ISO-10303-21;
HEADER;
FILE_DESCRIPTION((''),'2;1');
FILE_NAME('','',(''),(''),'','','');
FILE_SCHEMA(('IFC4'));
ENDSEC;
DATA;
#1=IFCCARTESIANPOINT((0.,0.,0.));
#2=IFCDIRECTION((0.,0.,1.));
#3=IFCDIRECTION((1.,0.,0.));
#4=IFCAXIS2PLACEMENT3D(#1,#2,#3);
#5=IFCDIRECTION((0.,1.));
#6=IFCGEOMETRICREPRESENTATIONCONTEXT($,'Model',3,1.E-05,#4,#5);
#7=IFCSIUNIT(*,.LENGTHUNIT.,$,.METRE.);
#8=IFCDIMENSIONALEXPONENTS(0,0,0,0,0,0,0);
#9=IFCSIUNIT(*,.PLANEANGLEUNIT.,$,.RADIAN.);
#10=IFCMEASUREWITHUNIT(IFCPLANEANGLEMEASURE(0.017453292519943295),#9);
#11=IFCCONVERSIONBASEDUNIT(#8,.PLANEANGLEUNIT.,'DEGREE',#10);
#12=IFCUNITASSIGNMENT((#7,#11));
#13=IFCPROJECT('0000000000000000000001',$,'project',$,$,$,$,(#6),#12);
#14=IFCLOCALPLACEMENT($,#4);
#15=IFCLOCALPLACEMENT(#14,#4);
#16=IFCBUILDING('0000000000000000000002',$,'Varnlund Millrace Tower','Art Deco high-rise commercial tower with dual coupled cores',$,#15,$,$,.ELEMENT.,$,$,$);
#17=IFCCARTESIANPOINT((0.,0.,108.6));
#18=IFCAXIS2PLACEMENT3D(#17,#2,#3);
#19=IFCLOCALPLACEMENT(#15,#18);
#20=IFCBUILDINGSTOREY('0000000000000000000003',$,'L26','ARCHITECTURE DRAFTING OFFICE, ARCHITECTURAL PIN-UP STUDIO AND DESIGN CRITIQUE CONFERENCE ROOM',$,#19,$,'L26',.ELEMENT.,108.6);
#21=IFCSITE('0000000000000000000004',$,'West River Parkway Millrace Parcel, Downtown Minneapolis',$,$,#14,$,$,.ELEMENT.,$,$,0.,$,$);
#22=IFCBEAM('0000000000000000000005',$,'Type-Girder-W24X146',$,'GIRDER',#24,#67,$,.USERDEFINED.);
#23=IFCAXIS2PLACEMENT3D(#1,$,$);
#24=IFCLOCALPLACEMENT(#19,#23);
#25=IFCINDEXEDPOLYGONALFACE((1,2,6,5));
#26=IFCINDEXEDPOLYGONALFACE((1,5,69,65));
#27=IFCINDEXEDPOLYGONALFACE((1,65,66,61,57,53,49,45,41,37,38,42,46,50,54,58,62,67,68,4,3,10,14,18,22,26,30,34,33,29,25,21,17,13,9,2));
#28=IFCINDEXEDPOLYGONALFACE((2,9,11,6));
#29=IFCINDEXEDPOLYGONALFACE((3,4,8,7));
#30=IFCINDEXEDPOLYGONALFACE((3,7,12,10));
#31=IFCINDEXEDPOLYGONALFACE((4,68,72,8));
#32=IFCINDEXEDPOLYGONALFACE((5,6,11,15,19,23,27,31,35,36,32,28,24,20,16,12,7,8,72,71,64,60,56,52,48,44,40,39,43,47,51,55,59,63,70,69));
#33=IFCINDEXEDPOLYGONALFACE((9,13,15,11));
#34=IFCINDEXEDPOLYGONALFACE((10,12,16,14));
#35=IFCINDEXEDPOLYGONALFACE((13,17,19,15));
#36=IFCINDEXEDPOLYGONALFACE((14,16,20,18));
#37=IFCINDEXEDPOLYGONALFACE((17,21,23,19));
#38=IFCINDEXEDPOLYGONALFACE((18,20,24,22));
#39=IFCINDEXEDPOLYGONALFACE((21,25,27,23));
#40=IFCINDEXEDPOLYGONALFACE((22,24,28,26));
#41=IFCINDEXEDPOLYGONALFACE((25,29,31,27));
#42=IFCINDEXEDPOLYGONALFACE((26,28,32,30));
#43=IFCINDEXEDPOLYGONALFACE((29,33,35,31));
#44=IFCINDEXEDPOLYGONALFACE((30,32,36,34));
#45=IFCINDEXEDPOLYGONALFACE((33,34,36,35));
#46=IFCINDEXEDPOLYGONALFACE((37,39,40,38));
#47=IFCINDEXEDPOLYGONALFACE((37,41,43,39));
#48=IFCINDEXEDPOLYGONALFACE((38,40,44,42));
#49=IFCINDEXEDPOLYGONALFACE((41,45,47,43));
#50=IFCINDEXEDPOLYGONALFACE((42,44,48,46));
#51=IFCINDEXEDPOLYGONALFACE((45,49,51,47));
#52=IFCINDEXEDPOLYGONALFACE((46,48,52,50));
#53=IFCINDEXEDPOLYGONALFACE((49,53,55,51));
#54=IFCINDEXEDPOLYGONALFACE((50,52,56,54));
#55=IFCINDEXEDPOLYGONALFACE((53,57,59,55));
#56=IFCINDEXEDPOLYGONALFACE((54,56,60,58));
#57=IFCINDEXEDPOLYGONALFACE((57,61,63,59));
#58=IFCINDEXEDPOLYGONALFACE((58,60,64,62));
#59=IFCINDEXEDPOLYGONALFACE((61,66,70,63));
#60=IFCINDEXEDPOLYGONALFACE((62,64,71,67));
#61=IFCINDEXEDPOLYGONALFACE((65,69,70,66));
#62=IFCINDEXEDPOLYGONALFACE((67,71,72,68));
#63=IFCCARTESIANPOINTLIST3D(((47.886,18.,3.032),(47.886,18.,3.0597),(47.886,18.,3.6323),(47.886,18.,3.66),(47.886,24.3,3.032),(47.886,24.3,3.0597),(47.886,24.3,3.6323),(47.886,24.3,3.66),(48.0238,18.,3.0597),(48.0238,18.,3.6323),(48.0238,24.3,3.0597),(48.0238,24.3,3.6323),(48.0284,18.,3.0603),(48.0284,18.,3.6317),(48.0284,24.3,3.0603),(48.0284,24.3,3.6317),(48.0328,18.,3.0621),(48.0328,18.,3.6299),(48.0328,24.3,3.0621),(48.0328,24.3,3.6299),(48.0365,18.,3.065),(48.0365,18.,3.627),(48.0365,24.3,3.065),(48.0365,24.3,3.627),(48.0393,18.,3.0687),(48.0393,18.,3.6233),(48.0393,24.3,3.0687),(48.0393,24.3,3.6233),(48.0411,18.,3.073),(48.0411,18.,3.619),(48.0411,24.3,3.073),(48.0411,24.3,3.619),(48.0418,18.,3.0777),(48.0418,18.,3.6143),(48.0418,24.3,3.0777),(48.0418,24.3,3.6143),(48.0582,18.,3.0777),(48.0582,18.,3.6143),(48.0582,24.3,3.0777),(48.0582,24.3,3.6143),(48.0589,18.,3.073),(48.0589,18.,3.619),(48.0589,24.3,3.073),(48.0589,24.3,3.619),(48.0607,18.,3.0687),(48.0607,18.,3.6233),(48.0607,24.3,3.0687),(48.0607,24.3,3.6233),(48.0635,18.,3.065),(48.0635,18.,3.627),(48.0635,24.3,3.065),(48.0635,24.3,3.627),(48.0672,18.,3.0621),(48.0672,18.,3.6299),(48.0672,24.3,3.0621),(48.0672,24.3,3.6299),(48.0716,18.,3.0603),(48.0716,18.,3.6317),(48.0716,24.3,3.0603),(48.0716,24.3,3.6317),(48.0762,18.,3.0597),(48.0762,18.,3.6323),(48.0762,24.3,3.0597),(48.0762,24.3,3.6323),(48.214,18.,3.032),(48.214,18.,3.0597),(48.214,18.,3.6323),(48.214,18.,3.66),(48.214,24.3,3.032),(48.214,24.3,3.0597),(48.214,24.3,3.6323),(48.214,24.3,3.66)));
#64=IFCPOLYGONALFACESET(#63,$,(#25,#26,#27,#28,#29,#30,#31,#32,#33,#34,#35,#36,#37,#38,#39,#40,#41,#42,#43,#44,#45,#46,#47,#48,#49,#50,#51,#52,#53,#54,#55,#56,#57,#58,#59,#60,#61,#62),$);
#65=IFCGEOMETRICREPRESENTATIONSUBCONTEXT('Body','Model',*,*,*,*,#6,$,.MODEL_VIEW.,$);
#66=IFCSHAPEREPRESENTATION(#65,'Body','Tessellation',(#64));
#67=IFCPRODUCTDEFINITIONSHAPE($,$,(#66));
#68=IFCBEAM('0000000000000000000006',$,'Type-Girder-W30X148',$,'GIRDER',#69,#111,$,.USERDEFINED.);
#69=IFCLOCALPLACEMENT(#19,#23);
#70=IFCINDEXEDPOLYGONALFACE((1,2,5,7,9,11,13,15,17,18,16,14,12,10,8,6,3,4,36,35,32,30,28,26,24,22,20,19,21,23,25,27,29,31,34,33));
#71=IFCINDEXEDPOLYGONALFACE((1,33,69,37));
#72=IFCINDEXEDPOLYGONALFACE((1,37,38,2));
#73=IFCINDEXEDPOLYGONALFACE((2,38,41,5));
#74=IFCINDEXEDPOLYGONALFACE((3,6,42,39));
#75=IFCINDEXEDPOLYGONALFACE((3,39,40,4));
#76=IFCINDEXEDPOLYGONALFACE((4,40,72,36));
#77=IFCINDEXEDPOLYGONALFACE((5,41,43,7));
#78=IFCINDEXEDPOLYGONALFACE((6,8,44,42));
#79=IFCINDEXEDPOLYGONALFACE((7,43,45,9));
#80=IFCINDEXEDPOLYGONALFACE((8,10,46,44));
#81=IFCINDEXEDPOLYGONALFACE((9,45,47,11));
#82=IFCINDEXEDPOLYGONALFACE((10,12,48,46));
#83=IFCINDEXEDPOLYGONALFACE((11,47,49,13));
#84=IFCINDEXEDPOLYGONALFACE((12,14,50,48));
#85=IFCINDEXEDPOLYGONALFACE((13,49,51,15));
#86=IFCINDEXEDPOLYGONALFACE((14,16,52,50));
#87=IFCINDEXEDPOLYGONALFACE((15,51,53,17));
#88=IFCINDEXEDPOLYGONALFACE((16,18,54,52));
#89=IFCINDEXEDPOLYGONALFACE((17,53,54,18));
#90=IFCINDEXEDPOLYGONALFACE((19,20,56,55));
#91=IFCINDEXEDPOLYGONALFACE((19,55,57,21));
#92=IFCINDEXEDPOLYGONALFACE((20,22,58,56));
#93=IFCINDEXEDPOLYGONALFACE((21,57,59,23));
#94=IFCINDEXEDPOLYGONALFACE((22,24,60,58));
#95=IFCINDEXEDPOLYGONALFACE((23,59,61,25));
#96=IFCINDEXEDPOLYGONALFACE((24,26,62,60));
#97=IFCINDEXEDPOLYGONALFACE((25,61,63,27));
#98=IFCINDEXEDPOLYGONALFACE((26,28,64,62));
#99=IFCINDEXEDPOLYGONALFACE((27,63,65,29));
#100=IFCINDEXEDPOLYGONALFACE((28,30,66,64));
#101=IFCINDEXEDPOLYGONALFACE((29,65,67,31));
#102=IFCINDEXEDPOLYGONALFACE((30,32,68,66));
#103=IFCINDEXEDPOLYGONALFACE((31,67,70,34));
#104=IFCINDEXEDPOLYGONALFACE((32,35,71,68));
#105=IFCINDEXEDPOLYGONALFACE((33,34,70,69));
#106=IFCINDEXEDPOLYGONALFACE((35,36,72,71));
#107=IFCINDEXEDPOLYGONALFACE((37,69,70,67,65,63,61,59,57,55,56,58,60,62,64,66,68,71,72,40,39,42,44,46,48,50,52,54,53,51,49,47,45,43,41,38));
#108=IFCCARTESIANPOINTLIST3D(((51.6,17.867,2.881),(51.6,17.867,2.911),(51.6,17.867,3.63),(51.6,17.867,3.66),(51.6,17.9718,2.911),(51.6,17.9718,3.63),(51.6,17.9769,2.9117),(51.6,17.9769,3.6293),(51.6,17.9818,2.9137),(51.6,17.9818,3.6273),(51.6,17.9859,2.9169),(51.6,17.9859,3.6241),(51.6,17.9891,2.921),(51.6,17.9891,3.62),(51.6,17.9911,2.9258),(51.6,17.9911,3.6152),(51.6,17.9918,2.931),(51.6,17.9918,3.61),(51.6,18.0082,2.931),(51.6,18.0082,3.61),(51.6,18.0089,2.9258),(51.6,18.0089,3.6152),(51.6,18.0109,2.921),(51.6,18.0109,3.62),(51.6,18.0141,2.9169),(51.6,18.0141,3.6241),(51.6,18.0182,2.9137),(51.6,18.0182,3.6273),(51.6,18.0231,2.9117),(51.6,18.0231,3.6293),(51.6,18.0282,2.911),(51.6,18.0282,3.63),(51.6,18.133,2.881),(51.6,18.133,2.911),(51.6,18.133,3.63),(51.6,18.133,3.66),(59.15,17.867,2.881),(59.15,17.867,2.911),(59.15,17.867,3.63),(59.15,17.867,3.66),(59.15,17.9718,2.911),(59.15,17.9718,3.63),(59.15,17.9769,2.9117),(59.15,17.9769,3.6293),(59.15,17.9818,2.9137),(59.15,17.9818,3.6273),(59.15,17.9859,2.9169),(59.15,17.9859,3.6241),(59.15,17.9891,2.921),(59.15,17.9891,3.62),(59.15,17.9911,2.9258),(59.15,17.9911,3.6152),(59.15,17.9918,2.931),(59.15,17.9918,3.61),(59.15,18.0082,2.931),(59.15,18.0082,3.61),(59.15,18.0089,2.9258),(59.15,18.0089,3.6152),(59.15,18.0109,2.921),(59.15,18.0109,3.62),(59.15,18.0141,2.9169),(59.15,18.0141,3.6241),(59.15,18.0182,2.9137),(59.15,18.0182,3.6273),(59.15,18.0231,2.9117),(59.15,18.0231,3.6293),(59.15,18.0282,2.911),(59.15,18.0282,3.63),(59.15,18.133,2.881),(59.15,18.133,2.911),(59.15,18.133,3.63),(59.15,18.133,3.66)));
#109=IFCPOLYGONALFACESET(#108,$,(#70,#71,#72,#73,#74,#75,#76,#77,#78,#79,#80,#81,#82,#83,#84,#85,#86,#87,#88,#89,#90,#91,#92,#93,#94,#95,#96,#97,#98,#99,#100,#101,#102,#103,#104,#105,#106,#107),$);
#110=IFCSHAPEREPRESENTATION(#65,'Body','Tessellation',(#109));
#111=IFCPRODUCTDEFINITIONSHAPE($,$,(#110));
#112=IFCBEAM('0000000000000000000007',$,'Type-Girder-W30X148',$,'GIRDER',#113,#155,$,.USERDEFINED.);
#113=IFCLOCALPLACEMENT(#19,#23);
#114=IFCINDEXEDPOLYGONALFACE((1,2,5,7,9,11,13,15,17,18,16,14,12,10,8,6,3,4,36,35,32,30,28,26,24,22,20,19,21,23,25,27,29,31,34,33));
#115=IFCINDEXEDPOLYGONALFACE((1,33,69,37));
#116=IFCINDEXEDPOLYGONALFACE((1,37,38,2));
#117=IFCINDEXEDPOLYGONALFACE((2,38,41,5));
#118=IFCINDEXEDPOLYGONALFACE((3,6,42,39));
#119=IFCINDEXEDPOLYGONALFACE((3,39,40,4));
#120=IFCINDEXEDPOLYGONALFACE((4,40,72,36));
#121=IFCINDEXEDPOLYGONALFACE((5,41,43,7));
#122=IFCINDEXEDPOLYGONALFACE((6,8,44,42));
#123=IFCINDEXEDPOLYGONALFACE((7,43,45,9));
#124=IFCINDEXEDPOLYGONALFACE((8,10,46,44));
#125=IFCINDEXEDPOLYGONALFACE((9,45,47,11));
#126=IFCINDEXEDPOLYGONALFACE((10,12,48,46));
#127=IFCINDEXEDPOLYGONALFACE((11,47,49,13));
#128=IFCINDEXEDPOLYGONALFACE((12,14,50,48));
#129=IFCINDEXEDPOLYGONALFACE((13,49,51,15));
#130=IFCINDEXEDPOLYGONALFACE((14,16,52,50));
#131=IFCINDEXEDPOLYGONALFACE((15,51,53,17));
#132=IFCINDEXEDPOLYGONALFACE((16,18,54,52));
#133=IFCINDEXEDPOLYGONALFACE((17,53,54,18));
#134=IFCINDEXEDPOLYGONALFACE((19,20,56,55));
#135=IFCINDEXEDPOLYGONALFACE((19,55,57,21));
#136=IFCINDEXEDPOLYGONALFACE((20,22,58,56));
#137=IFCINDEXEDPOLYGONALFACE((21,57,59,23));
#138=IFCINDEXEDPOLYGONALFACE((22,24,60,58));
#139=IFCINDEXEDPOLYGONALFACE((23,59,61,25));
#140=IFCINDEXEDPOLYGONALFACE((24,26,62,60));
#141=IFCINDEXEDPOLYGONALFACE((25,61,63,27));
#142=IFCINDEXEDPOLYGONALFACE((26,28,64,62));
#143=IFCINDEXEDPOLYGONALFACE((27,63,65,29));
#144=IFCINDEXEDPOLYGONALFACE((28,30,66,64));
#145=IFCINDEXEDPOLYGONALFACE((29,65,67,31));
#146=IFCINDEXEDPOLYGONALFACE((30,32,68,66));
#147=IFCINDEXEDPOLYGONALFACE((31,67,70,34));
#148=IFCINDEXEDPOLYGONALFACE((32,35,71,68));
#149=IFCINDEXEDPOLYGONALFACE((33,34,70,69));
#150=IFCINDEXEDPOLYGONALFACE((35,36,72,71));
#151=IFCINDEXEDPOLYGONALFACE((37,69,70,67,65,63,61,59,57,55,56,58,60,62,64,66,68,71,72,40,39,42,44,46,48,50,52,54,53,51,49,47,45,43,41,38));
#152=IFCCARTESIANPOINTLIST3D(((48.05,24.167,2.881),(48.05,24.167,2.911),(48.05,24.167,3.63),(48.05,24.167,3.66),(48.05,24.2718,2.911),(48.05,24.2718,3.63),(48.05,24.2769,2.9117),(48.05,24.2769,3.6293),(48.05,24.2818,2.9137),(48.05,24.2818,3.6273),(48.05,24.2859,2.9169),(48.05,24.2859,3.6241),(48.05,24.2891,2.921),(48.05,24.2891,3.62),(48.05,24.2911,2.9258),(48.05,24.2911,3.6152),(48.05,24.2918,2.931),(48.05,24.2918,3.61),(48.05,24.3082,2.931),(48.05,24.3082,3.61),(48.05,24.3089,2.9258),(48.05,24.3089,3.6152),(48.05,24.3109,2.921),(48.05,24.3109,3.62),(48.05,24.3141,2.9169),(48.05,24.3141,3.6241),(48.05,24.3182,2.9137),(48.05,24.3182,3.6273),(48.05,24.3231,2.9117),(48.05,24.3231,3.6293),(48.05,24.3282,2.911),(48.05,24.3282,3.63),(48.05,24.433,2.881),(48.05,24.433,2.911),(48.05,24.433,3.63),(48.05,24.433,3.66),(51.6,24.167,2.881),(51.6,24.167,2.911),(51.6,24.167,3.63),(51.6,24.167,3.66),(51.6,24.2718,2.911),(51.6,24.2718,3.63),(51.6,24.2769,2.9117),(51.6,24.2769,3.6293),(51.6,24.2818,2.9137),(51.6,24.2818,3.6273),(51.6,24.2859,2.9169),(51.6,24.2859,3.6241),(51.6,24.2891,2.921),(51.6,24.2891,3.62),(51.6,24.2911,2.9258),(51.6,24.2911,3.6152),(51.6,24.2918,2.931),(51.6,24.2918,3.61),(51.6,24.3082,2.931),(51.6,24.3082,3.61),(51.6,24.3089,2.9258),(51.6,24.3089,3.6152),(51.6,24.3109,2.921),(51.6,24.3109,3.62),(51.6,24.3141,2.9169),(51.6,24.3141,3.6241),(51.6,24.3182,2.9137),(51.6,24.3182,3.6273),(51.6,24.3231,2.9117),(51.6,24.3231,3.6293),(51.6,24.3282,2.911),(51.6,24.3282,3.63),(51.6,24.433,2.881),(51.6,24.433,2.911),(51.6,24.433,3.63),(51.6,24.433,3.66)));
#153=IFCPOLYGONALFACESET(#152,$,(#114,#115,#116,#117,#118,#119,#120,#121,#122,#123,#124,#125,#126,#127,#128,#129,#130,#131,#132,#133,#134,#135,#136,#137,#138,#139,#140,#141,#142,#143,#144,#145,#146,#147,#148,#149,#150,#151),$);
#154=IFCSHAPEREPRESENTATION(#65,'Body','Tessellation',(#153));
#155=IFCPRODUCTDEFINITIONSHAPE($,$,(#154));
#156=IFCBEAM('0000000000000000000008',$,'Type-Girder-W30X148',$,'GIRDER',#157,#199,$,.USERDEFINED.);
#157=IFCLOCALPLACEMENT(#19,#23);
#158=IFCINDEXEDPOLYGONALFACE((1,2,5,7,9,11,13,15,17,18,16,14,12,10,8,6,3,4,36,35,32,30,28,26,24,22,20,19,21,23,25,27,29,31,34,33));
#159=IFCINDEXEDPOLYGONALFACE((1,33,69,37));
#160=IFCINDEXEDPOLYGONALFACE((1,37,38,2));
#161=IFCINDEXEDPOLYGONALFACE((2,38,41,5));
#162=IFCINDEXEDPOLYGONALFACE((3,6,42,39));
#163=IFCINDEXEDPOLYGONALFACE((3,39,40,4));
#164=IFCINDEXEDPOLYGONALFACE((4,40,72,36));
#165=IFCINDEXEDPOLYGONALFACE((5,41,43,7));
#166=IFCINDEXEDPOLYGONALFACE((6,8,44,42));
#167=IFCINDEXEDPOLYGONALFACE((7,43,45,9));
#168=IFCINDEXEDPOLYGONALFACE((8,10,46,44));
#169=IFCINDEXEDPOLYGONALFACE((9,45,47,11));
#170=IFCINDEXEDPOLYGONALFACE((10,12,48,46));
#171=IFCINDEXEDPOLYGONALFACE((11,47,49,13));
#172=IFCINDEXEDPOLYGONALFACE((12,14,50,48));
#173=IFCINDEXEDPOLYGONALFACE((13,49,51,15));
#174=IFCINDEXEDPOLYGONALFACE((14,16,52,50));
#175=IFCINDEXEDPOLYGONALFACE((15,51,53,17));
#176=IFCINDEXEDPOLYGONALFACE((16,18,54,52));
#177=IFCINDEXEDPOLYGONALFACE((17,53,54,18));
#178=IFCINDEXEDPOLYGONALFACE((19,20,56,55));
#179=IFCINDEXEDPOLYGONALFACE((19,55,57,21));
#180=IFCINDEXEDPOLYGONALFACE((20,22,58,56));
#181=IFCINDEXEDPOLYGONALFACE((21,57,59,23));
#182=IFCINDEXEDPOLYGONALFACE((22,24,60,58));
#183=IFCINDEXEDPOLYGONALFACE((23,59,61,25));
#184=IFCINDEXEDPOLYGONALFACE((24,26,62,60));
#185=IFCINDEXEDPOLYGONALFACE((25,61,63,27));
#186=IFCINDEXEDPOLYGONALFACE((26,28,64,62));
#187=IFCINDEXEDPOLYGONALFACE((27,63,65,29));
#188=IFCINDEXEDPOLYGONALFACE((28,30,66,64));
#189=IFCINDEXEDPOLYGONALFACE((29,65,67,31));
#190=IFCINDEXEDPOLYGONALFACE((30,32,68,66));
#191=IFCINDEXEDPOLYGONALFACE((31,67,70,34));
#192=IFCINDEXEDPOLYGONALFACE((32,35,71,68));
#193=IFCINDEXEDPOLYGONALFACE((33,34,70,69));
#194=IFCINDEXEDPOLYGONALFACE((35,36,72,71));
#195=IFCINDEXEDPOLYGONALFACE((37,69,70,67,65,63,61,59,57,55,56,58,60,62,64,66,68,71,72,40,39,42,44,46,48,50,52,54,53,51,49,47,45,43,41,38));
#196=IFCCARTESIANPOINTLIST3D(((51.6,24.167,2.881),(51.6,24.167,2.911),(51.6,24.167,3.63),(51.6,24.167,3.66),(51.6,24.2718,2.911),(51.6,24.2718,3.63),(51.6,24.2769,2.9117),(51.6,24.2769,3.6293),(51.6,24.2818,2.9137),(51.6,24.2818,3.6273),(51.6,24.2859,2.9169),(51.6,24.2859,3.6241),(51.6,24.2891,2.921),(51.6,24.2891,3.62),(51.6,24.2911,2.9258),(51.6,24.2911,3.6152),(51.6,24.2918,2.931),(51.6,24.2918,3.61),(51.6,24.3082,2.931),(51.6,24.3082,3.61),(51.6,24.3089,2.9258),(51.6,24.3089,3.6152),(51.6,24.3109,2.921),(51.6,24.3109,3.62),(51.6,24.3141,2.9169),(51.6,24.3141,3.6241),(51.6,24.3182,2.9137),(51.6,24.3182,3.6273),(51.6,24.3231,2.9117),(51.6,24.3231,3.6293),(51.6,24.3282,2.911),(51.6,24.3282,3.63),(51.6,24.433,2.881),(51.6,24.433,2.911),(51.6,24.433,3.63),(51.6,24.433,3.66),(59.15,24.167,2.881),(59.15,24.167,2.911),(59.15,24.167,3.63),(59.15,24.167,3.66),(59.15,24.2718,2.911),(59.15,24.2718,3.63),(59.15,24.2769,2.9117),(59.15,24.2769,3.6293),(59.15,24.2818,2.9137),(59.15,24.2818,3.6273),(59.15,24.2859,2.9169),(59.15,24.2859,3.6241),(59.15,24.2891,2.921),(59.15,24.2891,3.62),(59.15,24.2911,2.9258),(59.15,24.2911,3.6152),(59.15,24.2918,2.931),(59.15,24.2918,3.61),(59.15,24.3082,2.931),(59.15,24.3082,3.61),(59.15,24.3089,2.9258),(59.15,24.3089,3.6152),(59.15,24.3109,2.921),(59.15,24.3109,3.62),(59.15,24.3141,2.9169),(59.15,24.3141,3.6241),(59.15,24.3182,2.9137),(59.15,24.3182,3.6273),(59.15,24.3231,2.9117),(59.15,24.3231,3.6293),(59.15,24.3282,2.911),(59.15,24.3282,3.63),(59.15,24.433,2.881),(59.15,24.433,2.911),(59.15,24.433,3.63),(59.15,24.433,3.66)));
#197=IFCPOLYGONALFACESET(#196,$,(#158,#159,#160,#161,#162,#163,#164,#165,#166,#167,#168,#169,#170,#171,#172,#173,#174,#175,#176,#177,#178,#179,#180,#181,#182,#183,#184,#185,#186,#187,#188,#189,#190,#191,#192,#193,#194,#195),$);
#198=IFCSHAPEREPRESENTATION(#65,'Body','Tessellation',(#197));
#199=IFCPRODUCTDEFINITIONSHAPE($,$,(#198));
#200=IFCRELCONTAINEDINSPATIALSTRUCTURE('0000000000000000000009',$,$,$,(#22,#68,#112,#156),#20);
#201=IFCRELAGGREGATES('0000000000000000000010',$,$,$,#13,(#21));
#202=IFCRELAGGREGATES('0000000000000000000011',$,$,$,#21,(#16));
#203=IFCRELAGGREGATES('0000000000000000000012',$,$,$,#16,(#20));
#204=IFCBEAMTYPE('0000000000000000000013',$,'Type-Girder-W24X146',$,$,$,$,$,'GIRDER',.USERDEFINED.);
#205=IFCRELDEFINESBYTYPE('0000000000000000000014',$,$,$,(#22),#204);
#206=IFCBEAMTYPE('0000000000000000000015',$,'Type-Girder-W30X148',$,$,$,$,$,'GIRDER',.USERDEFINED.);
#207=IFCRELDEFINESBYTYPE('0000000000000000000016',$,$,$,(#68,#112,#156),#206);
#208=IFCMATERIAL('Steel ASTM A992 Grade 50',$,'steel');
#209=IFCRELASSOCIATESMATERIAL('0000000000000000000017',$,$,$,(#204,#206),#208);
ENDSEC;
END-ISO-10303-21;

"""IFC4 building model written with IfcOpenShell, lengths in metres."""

from ifc_helpers import new_model, entity, si_unit, converted_unit, direction, frame, origin_with_axes, origin_2d_with_axis, place, context, subcontext, project, spatial, i_section, extrude, material, material_profile, profile_set, type_object, element, save


model = new_model("IFC4")

# Units and contexts
model_context = context("Model", 3, precision=1e-05, world=origin_with_axes(), true_north=direction((0.0, 1.0)))
body_context = subcontext(model_context, "Body", "Model", "MODEL_VIEW")
ifc_project = project(units=[si_unit("LENGTHUNIT", "METRE"), converted_unit("PLANEANGLEUNIT", "DEGREE", entity("IfcPlaneAngleMeasure", 0.017453292519943295), si_unit("PLANEANGLEUNIT", "RADIAN"), dimensions=[0, 0, 0, 0, 0, 0, 0])], contexts=[model_context])

# Site, building, storey
site_placement = place(None, origin_with_axes())
site = spatial("IfcSite", under=ifc_project, at=site_placement, Name="West River Parkway Millrace Parcel, Downtown Minneapolis", CompositionType="ELEMENT", RefElevation=0.0)
building_placement = place(site_placement, origin_with_axes())
building = spatial("IfcBuilding", under=site, at=building_placement, Name="Varnlund Millrace Tower", Description="Art Deco high-rise commercial tower with dual coupled cores", CompositionType="ELEMENT")
storey_placement = place(building_placement, frame((0.0, 0.0, 108.6), z_axis=(0.0, 0.0, 1.0), x_axis=(1.0, 0.0, 0.0)))
storey = spatial("IfcBuildingStorey", under=building, at=storey_placement, Name="L26", Description="ARCHITECTURE DRAFTING OFFICE, ARCHITECTURAL PIN-UP STUDIO AND DESIGN CRITIQUE CONFERENCE ROOM", LongName="L26", CompositionType="ELEMENT", Elevation=108.6)

# Beams
ifc_material_1 = material(Name="Steel ASTM A992 Grade 50", Category="steel")
ifc_material_profile_1 = material_profile(ifc_material_1, i_section(OverallWidth=0.328, OverallDepth=0.628, WebThickness=0.0165, FlangeThickness=0.0277, FilletRadius=0.018, at=origin_2d_with_axis()), Name="Steel ASTM A992 Grade 50")
ifc_profile_set_1 = profile_set([ifc_material_profile_1], Name="Steel ASTM A992 Grade 50")
beam_type_1 = type_object("IfcBeamType", Name="Type-Girder-W24X146", ElementType="GIRDER", PredefinedType="USERDEFINED", material=ifc_profile_set_1)
beam_1_placement = place(storey_placement, frame((48.05, 18.0, 3.346), z_axis=(0.0, 1.0, 0.0), x_axis=(-1.0, 0.0, 0.0)))
element("IfcBeam", 1, at=beam_1_placement, inside=storey, type_object=beam_type_1, Name="Type-Girder-W24X146", ObjectType="GIRDER", PredefinedType="USERDEFINED", context=body_context, shape_type="SweptSolid", body=[
    extrude(i_section(OverallWidth=0.328, OverallDepth=0.628, WebThickness=0.0165, FlangeThickness=0.0277, FilletRadius=0.018, at=origin_2d_with_axis()), origin_with_axes(), (0.0, 0.0, 1.0), 6.3),
])
ifc_material_profile_2 = material_profile(ifc_material_1, i_section(OverallWidth=0.266, OverallDepth=0.779, WebThickness=0.0165, FlangeThickness=0.03, FilletRadius=0.02, at=origin_2d_with_axis()), Name="Steel ASTM A992 Grade 50")
ifc_profile_set_2 = profile_set([ifc_material_profile_2], Name="Steel ASTM A992 Grade 50")
beam_type_2 = type_object("IfcBeamType", Name="Type-Girder-W30X148", ElementType="GIRDER", PredefinedType="USERDEFINED", material=ifc_profile_set_2)
beam_2_placement = place(storey_placement, frame((51.6, 18.0, 3.2705), z_axis=(1.0, 0.0, 0.0), x_axis=(0.0, 1.0, 0.0)))
element("IfcBeam", 2, at=beam_2_placement, inside=storey, type_object=beam_type_2, Name="Type-Girder-W30X148", ObjectType="GIRDER", PredefinedType="USERDEFINED", context=body_context, shape_type="SweptSolid", body=[
    extrude(i_section(OverallWidth=0.266, OverallDepth=0.779, WebThickness=0.0165, FlangeThickness=0.03, FilletRadius=0.02, at=origin_2d_with_axis()), origin_with_axes(), (0.0, 0.0, 1.0), 7.55),
])
beam_3_placement = place(storey_placement, frame((48.05, 24.3, 3.2705), z_axis=(1.0, 0.0, 0.0), x_axis=(0.0, 1.0, 0.0)))
element("IfcBeam", 3, at=beam_3_placement, inside=storey, type_object=beam_type_2, Name="Type-Girder-W30X148", ObjectType="GIRDER", PredefinedType="USERDEFINED", context=body_context, shape_type="SweptSolid", body=[
    extrude(i_section(OverallWidth=0.266, OverallDepth=0.779, WebThickness=0.0165, FlangeThickness=0.03, FilletRadius=0.02, at=origin_2d_with_axis()), origin_with_axes(), (0.0, 0.0, 1.0), 3.55),
])
beam_4_placement = place(storey_placement, frame((51.6, 24.3, 3.2705), z_axis=(1.0, 0.0, 0.0), x_axis=(0.0, 1.0, 0.0)))
element("IfcBeam", 4, at=beam_4_placement, inside=storey, type_object=beam_type_2, Name="Type-Girder-W30X148", ObjectType="GIRDER", PredefinedType="USERDEFINED", context=body_context, shape_type="SweptSolid", body=[
    extrude(i_section(OverallWidth=0.266, OverallDepth=0.779, WebThickness=0.0165, FlangeThickness=0.03, FilletRadius=0.02, at=origin_2d_with_axis()), origin_with_axes(), (0.0, 0.0, 1.0), 7.55),
])

save(model, "model.ifc")
